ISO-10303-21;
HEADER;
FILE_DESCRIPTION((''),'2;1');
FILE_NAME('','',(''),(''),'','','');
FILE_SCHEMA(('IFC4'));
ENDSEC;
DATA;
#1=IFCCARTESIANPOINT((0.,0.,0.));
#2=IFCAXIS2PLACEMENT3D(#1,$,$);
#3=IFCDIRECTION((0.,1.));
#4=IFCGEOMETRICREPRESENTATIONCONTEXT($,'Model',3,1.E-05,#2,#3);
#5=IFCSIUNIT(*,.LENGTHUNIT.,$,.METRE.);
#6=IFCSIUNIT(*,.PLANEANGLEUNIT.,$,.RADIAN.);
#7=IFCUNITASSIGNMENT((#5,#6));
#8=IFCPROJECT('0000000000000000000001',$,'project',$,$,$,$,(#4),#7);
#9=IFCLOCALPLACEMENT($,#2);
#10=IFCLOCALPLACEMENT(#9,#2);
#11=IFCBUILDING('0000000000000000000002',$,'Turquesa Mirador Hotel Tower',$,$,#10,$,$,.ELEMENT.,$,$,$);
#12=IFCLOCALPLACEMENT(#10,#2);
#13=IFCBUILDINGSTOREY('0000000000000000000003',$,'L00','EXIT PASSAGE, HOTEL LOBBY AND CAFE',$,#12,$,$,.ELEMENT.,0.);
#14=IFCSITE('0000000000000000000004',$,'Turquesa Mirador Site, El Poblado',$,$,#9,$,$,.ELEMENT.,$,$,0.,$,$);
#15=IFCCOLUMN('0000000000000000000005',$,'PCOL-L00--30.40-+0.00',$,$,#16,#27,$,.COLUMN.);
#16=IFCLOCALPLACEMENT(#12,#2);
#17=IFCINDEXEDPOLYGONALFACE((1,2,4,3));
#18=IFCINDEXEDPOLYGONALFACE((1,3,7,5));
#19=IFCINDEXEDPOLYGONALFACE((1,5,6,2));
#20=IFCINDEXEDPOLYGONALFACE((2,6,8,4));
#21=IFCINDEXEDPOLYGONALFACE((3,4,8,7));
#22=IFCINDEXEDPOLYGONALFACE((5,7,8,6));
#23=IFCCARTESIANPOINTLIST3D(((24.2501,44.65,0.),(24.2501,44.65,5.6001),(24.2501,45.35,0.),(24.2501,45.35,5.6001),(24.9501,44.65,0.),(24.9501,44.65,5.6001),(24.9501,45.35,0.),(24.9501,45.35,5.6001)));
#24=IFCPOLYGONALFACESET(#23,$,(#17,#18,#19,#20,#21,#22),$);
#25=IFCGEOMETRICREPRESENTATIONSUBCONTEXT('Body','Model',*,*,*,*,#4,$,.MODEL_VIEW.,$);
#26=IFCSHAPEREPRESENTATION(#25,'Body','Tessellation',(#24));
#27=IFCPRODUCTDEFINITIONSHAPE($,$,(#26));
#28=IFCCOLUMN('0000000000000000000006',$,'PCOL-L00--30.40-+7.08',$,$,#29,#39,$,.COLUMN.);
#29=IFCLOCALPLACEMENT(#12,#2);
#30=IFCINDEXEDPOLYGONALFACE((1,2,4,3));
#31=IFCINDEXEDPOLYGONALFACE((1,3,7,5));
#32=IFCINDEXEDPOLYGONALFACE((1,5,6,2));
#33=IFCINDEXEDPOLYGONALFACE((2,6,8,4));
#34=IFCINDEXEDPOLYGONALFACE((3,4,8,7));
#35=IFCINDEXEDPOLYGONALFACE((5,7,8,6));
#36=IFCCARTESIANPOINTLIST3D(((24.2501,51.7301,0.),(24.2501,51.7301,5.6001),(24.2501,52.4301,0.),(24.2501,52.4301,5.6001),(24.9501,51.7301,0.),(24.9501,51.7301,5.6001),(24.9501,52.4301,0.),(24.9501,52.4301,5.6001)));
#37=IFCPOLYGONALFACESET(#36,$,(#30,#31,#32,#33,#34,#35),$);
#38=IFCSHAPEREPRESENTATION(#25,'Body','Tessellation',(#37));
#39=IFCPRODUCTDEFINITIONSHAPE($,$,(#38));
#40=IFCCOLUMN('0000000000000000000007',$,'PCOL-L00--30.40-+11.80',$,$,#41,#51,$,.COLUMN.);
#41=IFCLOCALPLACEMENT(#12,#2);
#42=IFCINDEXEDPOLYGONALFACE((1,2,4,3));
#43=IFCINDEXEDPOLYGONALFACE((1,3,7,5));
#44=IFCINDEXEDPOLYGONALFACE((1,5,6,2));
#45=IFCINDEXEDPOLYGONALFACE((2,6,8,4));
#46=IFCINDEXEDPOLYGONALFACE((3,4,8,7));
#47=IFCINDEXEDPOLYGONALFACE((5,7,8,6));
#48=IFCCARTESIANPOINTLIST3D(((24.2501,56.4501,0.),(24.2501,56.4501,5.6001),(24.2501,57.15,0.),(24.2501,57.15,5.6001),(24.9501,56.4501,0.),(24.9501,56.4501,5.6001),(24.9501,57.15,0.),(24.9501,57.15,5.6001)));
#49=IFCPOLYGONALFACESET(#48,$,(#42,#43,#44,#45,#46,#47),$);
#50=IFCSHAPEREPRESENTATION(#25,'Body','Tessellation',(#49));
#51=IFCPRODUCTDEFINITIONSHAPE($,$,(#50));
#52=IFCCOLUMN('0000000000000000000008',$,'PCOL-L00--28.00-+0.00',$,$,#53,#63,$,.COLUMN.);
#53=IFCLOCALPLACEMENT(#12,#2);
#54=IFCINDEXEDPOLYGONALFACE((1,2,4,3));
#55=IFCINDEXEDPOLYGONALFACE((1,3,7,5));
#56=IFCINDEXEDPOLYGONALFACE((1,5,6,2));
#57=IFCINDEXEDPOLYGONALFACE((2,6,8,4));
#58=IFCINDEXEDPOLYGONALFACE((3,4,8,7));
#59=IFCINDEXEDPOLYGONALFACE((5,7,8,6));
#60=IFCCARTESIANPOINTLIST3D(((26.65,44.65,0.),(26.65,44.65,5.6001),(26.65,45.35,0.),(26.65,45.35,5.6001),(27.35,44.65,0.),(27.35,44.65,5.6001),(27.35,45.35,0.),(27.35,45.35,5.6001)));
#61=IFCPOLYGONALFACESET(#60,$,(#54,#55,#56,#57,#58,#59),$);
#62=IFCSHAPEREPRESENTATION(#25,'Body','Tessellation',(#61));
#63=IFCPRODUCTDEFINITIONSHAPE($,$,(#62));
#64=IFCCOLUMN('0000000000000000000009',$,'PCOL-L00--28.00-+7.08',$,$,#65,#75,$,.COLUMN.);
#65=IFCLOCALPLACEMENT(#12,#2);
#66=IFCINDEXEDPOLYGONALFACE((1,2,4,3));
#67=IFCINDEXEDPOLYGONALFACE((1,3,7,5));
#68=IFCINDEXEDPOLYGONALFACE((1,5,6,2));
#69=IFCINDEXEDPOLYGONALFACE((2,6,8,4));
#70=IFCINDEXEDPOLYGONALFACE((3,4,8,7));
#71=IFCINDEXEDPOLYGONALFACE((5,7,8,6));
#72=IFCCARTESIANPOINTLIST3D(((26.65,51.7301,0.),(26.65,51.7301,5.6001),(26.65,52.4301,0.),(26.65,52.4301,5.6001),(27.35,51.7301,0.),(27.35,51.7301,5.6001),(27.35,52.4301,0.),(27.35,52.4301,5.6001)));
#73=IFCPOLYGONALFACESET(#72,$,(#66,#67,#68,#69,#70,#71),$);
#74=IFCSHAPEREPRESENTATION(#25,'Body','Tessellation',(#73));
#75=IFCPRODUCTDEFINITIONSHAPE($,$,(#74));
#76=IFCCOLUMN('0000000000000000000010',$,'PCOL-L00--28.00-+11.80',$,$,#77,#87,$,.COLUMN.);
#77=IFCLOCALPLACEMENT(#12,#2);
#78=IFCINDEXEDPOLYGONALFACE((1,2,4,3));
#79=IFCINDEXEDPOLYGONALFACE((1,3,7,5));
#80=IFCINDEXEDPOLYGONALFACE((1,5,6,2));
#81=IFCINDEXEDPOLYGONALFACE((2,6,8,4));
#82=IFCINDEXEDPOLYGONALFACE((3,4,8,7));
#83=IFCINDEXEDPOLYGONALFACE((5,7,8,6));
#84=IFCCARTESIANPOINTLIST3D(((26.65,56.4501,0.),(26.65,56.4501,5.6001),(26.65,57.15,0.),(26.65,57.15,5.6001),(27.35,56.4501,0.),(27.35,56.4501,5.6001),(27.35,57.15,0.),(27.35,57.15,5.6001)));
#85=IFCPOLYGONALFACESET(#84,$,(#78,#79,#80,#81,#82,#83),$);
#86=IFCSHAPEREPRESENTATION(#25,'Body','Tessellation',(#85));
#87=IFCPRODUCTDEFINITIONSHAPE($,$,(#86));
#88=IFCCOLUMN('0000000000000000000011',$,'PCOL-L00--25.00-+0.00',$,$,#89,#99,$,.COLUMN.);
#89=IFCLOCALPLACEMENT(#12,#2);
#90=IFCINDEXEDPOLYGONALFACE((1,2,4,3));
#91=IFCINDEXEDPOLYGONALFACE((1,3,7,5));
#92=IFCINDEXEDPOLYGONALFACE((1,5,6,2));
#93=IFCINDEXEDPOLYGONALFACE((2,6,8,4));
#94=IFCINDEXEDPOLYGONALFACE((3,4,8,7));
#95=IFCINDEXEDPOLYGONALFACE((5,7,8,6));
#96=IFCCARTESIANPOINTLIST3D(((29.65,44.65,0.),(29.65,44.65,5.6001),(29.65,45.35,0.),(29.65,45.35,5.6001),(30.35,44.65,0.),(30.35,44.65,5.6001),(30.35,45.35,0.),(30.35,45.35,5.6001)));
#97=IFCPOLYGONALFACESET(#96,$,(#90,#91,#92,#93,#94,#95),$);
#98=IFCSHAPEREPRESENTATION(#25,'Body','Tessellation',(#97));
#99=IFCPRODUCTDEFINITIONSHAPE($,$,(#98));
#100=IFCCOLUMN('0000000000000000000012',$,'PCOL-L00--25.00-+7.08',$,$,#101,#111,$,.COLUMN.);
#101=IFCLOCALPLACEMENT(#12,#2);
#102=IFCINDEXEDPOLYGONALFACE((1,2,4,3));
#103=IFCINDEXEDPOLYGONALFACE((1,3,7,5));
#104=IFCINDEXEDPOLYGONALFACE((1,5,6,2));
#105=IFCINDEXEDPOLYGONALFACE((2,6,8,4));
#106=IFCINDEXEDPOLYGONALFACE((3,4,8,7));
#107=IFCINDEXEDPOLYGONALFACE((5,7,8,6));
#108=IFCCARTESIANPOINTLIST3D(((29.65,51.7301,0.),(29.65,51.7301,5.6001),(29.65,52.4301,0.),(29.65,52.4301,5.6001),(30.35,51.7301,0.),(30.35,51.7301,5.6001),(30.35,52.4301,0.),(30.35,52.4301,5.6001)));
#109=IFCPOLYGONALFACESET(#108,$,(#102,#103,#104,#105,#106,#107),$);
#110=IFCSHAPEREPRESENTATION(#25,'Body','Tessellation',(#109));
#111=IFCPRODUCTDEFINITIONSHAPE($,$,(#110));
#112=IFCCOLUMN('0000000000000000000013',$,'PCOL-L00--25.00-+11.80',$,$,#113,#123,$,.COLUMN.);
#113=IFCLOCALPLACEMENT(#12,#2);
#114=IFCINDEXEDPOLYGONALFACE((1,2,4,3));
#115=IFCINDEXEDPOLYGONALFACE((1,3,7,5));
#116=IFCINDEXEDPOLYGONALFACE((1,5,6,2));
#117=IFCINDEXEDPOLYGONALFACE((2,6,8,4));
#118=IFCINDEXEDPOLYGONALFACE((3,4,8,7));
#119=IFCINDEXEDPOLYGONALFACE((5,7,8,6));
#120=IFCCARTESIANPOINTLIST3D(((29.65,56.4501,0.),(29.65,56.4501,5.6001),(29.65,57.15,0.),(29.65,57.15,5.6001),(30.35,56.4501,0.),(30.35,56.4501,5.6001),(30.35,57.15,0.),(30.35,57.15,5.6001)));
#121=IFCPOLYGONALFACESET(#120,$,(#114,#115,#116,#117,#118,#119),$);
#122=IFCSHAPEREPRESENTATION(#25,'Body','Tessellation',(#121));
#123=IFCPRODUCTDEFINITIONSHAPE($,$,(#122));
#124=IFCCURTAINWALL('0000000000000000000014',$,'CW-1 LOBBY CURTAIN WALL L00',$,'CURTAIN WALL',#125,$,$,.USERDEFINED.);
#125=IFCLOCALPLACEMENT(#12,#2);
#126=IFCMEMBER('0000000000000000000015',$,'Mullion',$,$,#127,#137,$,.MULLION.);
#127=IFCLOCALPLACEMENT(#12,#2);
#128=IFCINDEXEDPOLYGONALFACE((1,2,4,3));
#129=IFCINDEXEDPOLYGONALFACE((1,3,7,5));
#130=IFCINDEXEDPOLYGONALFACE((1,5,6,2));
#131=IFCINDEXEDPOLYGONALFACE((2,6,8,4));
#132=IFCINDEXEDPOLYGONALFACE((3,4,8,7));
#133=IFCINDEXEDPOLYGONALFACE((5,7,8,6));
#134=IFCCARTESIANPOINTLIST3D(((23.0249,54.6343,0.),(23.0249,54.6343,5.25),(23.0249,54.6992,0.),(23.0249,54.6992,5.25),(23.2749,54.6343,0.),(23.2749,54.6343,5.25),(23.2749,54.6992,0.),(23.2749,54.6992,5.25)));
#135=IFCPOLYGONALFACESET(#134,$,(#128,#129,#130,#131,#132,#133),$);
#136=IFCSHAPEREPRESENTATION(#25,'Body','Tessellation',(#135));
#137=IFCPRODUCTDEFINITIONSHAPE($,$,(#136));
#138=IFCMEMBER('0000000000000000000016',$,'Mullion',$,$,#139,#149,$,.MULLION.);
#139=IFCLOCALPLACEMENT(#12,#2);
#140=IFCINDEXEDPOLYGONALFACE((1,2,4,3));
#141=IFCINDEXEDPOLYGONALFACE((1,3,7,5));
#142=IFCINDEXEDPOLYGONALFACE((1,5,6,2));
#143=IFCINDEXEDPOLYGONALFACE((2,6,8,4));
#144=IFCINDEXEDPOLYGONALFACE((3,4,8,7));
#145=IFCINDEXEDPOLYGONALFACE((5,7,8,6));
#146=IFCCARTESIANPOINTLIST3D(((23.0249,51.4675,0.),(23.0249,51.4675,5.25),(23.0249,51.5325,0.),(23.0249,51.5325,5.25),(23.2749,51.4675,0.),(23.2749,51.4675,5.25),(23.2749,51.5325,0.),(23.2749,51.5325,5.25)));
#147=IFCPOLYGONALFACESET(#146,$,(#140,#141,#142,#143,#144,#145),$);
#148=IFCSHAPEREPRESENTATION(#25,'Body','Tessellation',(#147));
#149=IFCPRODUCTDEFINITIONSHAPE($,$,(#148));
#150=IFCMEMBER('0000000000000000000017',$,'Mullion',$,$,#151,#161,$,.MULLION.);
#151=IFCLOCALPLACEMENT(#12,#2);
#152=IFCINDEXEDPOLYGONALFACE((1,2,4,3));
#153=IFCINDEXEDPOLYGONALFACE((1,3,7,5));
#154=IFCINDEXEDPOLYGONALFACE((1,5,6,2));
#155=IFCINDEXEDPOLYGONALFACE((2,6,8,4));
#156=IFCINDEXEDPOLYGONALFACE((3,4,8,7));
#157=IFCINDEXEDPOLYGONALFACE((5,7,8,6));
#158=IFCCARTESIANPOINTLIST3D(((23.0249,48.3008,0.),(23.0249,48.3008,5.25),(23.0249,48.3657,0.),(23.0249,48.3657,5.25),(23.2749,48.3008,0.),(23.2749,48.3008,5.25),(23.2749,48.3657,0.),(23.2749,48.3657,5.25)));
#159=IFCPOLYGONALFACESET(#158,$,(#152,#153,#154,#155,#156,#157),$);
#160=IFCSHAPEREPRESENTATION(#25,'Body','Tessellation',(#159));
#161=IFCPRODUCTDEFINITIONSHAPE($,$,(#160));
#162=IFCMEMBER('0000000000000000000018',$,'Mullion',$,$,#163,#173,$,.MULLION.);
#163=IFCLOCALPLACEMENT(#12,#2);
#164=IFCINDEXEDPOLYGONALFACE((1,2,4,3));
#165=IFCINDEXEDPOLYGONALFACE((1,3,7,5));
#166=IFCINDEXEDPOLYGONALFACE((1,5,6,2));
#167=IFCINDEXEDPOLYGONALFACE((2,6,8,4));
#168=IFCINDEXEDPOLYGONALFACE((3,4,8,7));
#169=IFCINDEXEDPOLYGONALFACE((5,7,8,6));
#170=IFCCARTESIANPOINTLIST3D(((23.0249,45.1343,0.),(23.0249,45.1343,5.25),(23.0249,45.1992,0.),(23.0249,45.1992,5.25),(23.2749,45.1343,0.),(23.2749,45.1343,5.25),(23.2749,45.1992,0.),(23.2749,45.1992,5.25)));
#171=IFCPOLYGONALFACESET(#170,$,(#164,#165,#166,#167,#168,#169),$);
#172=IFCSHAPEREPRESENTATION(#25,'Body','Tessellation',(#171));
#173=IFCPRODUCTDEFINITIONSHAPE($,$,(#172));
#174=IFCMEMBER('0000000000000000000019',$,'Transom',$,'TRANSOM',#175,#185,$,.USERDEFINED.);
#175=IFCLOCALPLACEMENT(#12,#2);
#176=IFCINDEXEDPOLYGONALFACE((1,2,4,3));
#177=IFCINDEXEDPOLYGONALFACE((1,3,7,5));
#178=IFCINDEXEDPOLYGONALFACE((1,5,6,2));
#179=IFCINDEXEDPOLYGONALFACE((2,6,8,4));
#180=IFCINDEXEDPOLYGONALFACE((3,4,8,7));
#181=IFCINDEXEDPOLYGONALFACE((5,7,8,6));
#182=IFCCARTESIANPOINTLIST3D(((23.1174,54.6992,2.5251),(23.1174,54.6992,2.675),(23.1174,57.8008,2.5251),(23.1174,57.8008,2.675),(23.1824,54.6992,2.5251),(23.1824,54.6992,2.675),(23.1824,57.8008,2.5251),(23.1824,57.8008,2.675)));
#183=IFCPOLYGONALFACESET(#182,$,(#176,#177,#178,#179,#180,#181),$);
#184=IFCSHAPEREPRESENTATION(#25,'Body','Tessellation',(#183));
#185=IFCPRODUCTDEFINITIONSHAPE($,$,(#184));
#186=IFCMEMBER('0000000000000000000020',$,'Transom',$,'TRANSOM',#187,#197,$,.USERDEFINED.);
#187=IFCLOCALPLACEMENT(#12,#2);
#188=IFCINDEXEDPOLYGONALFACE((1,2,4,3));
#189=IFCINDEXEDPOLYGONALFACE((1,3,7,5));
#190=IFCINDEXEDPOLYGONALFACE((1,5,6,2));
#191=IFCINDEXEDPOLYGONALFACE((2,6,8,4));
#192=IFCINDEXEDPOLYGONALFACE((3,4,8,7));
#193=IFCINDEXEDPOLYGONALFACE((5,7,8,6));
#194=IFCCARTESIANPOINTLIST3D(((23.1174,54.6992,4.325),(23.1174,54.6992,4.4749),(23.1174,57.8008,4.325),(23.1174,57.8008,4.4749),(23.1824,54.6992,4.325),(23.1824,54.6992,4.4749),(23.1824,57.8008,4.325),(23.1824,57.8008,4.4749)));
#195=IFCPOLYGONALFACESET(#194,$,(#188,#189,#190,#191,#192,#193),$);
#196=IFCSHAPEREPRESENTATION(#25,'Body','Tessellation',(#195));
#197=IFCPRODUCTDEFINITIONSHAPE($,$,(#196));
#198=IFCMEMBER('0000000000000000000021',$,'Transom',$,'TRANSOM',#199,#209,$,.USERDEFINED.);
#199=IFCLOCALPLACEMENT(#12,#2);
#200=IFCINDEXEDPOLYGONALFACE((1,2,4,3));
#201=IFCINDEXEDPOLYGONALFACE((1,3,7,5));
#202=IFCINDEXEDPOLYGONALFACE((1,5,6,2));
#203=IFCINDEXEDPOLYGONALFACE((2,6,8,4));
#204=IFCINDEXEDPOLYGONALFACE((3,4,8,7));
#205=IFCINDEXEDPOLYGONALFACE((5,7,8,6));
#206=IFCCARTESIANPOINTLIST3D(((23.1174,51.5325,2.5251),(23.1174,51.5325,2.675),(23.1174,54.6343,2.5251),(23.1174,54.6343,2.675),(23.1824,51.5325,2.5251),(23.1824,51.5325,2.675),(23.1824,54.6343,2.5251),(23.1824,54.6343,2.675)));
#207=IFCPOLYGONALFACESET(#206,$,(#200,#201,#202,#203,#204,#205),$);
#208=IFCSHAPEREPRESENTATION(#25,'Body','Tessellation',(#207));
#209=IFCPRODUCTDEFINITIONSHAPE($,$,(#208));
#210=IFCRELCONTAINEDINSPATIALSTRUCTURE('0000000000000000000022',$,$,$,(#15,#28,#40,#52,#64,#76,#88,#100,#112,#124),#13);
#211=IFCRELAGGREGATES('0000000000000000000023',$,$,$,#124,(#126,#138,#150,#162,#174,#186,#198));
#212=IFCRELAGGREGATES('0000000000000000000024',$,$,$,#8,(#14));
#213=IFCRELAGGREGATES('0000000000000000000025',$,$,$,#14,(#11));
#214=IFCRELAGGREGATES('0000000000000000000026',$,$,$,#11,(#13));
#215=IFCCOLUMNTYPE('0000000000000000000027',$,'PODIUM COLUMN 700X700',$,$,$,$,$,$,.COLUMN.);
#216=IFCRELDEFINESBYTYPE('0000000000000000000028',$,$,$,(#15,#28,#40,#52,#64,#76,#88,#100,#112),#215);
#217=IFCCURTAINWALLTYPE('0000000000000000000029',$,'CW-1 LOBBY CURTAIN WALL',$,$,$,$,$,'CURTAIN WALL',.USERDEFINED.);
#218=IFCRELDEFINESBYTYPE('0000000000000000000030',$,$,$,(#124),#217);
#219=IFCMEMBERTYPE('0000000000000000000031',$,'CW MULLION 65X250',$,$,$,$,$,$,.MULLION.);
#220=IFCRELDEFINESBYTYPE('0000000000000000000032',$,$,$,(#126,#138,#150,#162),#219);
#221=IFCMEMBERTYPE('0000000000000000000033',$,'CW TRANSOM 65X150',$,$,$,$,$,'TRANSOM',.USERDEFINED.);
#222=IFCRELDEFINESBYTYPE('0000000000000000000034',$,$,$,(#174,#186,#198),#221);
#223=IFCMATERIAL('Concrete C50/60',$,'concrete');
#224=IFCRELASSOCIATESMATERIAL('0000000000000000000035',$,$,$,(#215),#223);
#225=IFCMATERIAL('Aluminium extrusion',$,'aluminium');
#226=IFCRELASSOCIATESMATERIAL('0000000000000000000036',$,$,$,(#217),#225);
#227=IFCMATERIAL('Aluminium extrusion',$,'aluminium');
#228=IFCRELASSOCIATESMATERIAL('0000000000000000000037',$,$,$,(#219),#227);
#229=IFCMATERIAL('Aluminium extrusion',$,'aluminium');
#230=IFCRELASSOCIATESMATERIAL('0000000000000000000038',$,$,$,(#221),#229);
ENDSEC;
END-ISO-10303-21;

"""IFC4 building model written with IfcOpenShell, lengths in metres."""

from ifc_helpers import new_model, si_unit, direction, frame, origin, origin_2d, place, context, subcontext, project, spatial, rectangle, extrude, material, material_profile, profile_set, type_object, element, aggregate, save


model = new_model("IFC4")

# Units and contexts
model_context = context("Model", 3, precision=1e-05, world=origin(), true_north=direction((0.0, 1.0)))
body_context = subcontext(model_context, "Body", "Model", "MODEL_VIEW")
ifc_project = project(units=[si_unit("LENGTHUNIT", "METRE"), si_unit("PLANEANGLEUNIT", "RADIAN")], contexts=[model_context])

# Site, building, storey
site_placement = place(None, origin())
site = spatial("IfcSite", under=ifc_project, at=site_placement, Name="Turquesa Mirador Site, El Poblado", CompositionType="ELEMENT", RefElevation=0.0)
building_placement = place(site_placement, origin())
building = spatial("IfcBuilding", under=site, at=building_placement, Name="Turquesa Mirador Hotel Tower", CompositionType="ELEMENT")
storey_placement = place(building_placement, origin())
storey = spatial("IfcBuildingStorey", under=building, at=storey_placement, Name="L00", Description="EXIT PASSAGE, HOTEL LOBBY AND CAFE", CompositionType="ELEMENT", Elevation=0.0)

# Columns
ifc_material_1 = material(Name="Concrete C50/60", Category="concrete")
ifc_material_profile_1 = material_profile(ifc_material_1, rectangle(XDim=0.7, YDim=0.7, at=origin_2d()), Name="RC 700X700")
ifc_profile_set_1 = profile_set([ifc_material_profile_1], Name="Concrete C50/60")
column_type = type_object("IfcColumnType", Name="PODIUM COLUMN 700X700", PredefinedType="COLUMN", material=ifc_profile_set_1)
for number, where, z_axis, x_axis, name in (
    (1, (24.6001, 45.0, 0.0), (0.0, 0.0, 1.0), (1.0, 0.0, 0.0), "PCOL-L00--30.40-+0.00"),
    (2, (24.6001, 52.0801, 0.0), (0.0, 0.0, 1.0), (1.0, 0.0, 0.0), "PCOL-L00--30.40-+7.08"),
    (3, (24.6001, 56.8, 0.0), (0.0, 0.0, 1.0), (1.0, 0.0, 0.0), "PCOL-L00--30.40-+11.80"),
    (4, (27.0, 45.0, 0.0), (0.0, 0.0, 1.0), (1.0, 0.0, 0.0), "PCOL-L00--28.00-+0.00"),
    (5, (27.0, 52.0801, 0.0), (0.0, 0.0, 1.0), (1.0, 0.0, 0.0), "PCOL-L00--28.00-+7.08"),
    (6, (27.0, 56.8, 0.0), (0.0, 0.0, 1.0), (1.0, 0.0, 0.0), "PCOL-L00--28.00-+11.80"),
    (7, (30.0, 45.0, 0.0), (0.0, 0.0, 1.0), (1.0, 0.0, 0.0), "PCOL-L00--25.00-+0.00"),
    (8, (30.0, 52.0801, 0.0), (0.0, 0.0, 1.0), (1.0, 0.0, 0.0), "PCOL-L00--25.00-+7.08"),
    (9, (30.0, 56.8, 0.0), (0.0, 0.0, 1.0), (1.0, 0.0, 0.0), "PCOL-L00--25.00-+11.80"),
):
    element("IfcColumn", number, at=place(storey_placement, frame(where, z_axis=z_axis, x_axis=x_axis)), inside=storey, type_object=column_type, Name=name, PredefinedType="COLUMN", context=body_context, shape_type="SweptSolid", body=[
        extrude(rectangle(XDim=0.7, YDim=0.7, at=origin_2d()), origin(), (0.0, 0.0, 1.0), 5.6001),
    ])

# Curtain wall, members
ifc_material_2 = material(Name="Aluminium extrusion", Category="aluminium")
curtain_wall_type = type_object("IfcCurtainWallType", Name="CW-1 LOBBY CURTAIN WALL", ElementType="CURTAIN WALL", PredefinedType="USERDEFINED", material=ifc_material_2)
curtain_wall_placement = place(storey_placement, origin())
curtain_wall = element("IfcCurtainWall", 10, at=curtain_wall_placement, inside=storey, type_object=curtain_wall_type, Name="CW-1 LOBBY CURTAIN WALL L00", ObjectType="CURTAIN WALL", PredefinedType="USERDEFINED")
ifc_material_3 = material(Name="Aluminium extrusion", Category="aluminium")
ifc_material_profile_2 = material_profile(ifc_material_3, rectangle(XDim=0.0649, YDim=0.25, at=origin_2d()), Name="MULLION 65X250")
ifc_profile_set_2 = profile_set([ifc_material_profile_2], Name="Aluminium extrusion")
member_type_1 = type_object("IfcMemberType", Name="CW MULLION 65X250", PredefinedType="MULLION", material=ifc_profile_set_2)
member_1_placement = place(storey_placement, frame((23.1499, 54.6667, 0.0), z_axis=(0.0, 0.0, 1.0), x_axis=(0.0, -1.0, 0.0)))
member_1 = element("IfcMember", 11, at=member_1_placement, type_object=member_type_1, Name="Mullion", PredefinedType="MULLION", context=body_context, shape_type="SweptSolid", body=[
    extrude(rectangle(XDim=0.0649, YDim=0.25, at=origin_2d()), origin(), (0.0, 0.0, 1.0), 5.25),
])
member_2_placement = place(storey_placement, frame((23.1499, 51.5, 0.0), z_axis=(0.0, 0.0, 1.0), x_axis=(0.0, -1.0, 0.0)))
member_2 = element("IfcMember", 12, at=member_2_placement, type_object=member_type_1, Name="Mullion", PredefinedType="MULLION", context=body_context, shape_type="SweptSolid", body=[
    extrude(rectangle(XDim=0.0649, YDim=0.25, at=origin_2d()), origin(), (0.0, 0.0, 1.0), 5.25),
])
member_3_placement = place(storey_placement, frame((23.1499, 48.3333, 0.0), z_axis=(0.0, 0.0, 1.0), x_axis=(0.0, -1.0, 0.0)))
member_3 = element("IfcMember", 13, at=member_3_placement, type_object=member_type_1, Name="Mullion", PredefinedType="MULLION", context=body_context, shape_type="SweptSolid", body=[
    extrude(rectangle(XDim=0.0649, YDim=0.25, at=origin_2d()), origin(), (0.0, 0.0, 1.0), 5.25),
])
member_4_placement = place(storey_placement, frame((23.1499, 45.1667, 0.0), z_axis=(0.0, 0.0, 1.0), x_axis=(0.0, -1.0, 0.0)))
member_4 = element("IfcMember", 14, at=member_4_placement, type_object=member_type_1, Name="Mullion", PredefinedType="MULLION", context=body_context, shape_type="SweptSolid", body=[
    extrude(rectangle(XDim=0.0649, YDim=0.25, at=origin_2d()), origin(), (0.0, 0.0, 1.0), 5.25),
])
ifc_material_4 = material(Name="Aluminium extrusion", Category="aluminium")
ifc_material_profile_3 = material_profile(ifc_material_4, rectangle(XDim=0.0649, YDim=0.1499, at=origin_2d()), Name="TRANSOM 65X150")
ifc_profile_set_3 = profile_set([ifc_material_profile_3], Name="Aluminium extrusion")
member_type_2 = type_object("IfcMemberType", Name="CW TRANSOM 65X150", ElementType="TRANSOM", PredefinedType="USERDEFINED", material=ifc_profile_set_3)
member_5_placement = place(storey_placement, frame((23.1499, 57.8008, 2.6001), z_axis=(0.0, -1.0, 0.0), x_axis=(1.0, 0.0, 0.0)))
member_5 = element("IfcMember", 15, at=member_5_placement, type_object=member_type_2, Name="Transom", ObjectType="TRANSOM", PredefinedType="USERDEFINED", context=body_context, shape_type="SweptSolid", body=[
    extrude(rectangle(XDim=0.0649, YDim=0.1499, at=origin_2d()), origin(), (0.0, 0.0, 1.0), 3.1016),
])
member_6_placement = place(storey_placement, frame((23.1499, 57.8008, 4.3999), z_axis=(0.0, -1.0, 0.0), x_axis=(1.0, 0.0, 0.0)))
member_6 = element("IfcMember", 16, at=member_6_placement, type_object=member_type_2, Name="Transom", ObjectType="TRANSOM", PredefinedType="USERDEFINED", context=body_context, shape_type="SweptSolid", body=[
    extrude(rectangle(XDim=0.0649, YDim=0.1499, at=origin_2d()), origin(), (0.0, 0.0, 1.0), 3.1016),
])
member_7_placement = place(storey_placement, frame((23.1499, 54.6343, 2.6001), z_axis=(0.0, -1.0, 0.0), x_axis=(1.0, 0.0, 0.0)))
member_7 = element("IfcMember", 17, at=member_7_placement, type_object=member_type_2, Name="Transom", ObjectType="TRANSOM", PredefinedType="USERDEFINED", context=body_context, shape_type="SweptSolid", body=[
    extrude(rectangle(XDim=0.0649, YDim=0.1499, at=origin_2d()), origin(), (0.0, 0.0, 1.0), 3.1018),
])
aggregate(curtain_wall, [member_1, member_2, member_3, member_4, member_5, member_6, member_7])

save(model, "model.ifc")
